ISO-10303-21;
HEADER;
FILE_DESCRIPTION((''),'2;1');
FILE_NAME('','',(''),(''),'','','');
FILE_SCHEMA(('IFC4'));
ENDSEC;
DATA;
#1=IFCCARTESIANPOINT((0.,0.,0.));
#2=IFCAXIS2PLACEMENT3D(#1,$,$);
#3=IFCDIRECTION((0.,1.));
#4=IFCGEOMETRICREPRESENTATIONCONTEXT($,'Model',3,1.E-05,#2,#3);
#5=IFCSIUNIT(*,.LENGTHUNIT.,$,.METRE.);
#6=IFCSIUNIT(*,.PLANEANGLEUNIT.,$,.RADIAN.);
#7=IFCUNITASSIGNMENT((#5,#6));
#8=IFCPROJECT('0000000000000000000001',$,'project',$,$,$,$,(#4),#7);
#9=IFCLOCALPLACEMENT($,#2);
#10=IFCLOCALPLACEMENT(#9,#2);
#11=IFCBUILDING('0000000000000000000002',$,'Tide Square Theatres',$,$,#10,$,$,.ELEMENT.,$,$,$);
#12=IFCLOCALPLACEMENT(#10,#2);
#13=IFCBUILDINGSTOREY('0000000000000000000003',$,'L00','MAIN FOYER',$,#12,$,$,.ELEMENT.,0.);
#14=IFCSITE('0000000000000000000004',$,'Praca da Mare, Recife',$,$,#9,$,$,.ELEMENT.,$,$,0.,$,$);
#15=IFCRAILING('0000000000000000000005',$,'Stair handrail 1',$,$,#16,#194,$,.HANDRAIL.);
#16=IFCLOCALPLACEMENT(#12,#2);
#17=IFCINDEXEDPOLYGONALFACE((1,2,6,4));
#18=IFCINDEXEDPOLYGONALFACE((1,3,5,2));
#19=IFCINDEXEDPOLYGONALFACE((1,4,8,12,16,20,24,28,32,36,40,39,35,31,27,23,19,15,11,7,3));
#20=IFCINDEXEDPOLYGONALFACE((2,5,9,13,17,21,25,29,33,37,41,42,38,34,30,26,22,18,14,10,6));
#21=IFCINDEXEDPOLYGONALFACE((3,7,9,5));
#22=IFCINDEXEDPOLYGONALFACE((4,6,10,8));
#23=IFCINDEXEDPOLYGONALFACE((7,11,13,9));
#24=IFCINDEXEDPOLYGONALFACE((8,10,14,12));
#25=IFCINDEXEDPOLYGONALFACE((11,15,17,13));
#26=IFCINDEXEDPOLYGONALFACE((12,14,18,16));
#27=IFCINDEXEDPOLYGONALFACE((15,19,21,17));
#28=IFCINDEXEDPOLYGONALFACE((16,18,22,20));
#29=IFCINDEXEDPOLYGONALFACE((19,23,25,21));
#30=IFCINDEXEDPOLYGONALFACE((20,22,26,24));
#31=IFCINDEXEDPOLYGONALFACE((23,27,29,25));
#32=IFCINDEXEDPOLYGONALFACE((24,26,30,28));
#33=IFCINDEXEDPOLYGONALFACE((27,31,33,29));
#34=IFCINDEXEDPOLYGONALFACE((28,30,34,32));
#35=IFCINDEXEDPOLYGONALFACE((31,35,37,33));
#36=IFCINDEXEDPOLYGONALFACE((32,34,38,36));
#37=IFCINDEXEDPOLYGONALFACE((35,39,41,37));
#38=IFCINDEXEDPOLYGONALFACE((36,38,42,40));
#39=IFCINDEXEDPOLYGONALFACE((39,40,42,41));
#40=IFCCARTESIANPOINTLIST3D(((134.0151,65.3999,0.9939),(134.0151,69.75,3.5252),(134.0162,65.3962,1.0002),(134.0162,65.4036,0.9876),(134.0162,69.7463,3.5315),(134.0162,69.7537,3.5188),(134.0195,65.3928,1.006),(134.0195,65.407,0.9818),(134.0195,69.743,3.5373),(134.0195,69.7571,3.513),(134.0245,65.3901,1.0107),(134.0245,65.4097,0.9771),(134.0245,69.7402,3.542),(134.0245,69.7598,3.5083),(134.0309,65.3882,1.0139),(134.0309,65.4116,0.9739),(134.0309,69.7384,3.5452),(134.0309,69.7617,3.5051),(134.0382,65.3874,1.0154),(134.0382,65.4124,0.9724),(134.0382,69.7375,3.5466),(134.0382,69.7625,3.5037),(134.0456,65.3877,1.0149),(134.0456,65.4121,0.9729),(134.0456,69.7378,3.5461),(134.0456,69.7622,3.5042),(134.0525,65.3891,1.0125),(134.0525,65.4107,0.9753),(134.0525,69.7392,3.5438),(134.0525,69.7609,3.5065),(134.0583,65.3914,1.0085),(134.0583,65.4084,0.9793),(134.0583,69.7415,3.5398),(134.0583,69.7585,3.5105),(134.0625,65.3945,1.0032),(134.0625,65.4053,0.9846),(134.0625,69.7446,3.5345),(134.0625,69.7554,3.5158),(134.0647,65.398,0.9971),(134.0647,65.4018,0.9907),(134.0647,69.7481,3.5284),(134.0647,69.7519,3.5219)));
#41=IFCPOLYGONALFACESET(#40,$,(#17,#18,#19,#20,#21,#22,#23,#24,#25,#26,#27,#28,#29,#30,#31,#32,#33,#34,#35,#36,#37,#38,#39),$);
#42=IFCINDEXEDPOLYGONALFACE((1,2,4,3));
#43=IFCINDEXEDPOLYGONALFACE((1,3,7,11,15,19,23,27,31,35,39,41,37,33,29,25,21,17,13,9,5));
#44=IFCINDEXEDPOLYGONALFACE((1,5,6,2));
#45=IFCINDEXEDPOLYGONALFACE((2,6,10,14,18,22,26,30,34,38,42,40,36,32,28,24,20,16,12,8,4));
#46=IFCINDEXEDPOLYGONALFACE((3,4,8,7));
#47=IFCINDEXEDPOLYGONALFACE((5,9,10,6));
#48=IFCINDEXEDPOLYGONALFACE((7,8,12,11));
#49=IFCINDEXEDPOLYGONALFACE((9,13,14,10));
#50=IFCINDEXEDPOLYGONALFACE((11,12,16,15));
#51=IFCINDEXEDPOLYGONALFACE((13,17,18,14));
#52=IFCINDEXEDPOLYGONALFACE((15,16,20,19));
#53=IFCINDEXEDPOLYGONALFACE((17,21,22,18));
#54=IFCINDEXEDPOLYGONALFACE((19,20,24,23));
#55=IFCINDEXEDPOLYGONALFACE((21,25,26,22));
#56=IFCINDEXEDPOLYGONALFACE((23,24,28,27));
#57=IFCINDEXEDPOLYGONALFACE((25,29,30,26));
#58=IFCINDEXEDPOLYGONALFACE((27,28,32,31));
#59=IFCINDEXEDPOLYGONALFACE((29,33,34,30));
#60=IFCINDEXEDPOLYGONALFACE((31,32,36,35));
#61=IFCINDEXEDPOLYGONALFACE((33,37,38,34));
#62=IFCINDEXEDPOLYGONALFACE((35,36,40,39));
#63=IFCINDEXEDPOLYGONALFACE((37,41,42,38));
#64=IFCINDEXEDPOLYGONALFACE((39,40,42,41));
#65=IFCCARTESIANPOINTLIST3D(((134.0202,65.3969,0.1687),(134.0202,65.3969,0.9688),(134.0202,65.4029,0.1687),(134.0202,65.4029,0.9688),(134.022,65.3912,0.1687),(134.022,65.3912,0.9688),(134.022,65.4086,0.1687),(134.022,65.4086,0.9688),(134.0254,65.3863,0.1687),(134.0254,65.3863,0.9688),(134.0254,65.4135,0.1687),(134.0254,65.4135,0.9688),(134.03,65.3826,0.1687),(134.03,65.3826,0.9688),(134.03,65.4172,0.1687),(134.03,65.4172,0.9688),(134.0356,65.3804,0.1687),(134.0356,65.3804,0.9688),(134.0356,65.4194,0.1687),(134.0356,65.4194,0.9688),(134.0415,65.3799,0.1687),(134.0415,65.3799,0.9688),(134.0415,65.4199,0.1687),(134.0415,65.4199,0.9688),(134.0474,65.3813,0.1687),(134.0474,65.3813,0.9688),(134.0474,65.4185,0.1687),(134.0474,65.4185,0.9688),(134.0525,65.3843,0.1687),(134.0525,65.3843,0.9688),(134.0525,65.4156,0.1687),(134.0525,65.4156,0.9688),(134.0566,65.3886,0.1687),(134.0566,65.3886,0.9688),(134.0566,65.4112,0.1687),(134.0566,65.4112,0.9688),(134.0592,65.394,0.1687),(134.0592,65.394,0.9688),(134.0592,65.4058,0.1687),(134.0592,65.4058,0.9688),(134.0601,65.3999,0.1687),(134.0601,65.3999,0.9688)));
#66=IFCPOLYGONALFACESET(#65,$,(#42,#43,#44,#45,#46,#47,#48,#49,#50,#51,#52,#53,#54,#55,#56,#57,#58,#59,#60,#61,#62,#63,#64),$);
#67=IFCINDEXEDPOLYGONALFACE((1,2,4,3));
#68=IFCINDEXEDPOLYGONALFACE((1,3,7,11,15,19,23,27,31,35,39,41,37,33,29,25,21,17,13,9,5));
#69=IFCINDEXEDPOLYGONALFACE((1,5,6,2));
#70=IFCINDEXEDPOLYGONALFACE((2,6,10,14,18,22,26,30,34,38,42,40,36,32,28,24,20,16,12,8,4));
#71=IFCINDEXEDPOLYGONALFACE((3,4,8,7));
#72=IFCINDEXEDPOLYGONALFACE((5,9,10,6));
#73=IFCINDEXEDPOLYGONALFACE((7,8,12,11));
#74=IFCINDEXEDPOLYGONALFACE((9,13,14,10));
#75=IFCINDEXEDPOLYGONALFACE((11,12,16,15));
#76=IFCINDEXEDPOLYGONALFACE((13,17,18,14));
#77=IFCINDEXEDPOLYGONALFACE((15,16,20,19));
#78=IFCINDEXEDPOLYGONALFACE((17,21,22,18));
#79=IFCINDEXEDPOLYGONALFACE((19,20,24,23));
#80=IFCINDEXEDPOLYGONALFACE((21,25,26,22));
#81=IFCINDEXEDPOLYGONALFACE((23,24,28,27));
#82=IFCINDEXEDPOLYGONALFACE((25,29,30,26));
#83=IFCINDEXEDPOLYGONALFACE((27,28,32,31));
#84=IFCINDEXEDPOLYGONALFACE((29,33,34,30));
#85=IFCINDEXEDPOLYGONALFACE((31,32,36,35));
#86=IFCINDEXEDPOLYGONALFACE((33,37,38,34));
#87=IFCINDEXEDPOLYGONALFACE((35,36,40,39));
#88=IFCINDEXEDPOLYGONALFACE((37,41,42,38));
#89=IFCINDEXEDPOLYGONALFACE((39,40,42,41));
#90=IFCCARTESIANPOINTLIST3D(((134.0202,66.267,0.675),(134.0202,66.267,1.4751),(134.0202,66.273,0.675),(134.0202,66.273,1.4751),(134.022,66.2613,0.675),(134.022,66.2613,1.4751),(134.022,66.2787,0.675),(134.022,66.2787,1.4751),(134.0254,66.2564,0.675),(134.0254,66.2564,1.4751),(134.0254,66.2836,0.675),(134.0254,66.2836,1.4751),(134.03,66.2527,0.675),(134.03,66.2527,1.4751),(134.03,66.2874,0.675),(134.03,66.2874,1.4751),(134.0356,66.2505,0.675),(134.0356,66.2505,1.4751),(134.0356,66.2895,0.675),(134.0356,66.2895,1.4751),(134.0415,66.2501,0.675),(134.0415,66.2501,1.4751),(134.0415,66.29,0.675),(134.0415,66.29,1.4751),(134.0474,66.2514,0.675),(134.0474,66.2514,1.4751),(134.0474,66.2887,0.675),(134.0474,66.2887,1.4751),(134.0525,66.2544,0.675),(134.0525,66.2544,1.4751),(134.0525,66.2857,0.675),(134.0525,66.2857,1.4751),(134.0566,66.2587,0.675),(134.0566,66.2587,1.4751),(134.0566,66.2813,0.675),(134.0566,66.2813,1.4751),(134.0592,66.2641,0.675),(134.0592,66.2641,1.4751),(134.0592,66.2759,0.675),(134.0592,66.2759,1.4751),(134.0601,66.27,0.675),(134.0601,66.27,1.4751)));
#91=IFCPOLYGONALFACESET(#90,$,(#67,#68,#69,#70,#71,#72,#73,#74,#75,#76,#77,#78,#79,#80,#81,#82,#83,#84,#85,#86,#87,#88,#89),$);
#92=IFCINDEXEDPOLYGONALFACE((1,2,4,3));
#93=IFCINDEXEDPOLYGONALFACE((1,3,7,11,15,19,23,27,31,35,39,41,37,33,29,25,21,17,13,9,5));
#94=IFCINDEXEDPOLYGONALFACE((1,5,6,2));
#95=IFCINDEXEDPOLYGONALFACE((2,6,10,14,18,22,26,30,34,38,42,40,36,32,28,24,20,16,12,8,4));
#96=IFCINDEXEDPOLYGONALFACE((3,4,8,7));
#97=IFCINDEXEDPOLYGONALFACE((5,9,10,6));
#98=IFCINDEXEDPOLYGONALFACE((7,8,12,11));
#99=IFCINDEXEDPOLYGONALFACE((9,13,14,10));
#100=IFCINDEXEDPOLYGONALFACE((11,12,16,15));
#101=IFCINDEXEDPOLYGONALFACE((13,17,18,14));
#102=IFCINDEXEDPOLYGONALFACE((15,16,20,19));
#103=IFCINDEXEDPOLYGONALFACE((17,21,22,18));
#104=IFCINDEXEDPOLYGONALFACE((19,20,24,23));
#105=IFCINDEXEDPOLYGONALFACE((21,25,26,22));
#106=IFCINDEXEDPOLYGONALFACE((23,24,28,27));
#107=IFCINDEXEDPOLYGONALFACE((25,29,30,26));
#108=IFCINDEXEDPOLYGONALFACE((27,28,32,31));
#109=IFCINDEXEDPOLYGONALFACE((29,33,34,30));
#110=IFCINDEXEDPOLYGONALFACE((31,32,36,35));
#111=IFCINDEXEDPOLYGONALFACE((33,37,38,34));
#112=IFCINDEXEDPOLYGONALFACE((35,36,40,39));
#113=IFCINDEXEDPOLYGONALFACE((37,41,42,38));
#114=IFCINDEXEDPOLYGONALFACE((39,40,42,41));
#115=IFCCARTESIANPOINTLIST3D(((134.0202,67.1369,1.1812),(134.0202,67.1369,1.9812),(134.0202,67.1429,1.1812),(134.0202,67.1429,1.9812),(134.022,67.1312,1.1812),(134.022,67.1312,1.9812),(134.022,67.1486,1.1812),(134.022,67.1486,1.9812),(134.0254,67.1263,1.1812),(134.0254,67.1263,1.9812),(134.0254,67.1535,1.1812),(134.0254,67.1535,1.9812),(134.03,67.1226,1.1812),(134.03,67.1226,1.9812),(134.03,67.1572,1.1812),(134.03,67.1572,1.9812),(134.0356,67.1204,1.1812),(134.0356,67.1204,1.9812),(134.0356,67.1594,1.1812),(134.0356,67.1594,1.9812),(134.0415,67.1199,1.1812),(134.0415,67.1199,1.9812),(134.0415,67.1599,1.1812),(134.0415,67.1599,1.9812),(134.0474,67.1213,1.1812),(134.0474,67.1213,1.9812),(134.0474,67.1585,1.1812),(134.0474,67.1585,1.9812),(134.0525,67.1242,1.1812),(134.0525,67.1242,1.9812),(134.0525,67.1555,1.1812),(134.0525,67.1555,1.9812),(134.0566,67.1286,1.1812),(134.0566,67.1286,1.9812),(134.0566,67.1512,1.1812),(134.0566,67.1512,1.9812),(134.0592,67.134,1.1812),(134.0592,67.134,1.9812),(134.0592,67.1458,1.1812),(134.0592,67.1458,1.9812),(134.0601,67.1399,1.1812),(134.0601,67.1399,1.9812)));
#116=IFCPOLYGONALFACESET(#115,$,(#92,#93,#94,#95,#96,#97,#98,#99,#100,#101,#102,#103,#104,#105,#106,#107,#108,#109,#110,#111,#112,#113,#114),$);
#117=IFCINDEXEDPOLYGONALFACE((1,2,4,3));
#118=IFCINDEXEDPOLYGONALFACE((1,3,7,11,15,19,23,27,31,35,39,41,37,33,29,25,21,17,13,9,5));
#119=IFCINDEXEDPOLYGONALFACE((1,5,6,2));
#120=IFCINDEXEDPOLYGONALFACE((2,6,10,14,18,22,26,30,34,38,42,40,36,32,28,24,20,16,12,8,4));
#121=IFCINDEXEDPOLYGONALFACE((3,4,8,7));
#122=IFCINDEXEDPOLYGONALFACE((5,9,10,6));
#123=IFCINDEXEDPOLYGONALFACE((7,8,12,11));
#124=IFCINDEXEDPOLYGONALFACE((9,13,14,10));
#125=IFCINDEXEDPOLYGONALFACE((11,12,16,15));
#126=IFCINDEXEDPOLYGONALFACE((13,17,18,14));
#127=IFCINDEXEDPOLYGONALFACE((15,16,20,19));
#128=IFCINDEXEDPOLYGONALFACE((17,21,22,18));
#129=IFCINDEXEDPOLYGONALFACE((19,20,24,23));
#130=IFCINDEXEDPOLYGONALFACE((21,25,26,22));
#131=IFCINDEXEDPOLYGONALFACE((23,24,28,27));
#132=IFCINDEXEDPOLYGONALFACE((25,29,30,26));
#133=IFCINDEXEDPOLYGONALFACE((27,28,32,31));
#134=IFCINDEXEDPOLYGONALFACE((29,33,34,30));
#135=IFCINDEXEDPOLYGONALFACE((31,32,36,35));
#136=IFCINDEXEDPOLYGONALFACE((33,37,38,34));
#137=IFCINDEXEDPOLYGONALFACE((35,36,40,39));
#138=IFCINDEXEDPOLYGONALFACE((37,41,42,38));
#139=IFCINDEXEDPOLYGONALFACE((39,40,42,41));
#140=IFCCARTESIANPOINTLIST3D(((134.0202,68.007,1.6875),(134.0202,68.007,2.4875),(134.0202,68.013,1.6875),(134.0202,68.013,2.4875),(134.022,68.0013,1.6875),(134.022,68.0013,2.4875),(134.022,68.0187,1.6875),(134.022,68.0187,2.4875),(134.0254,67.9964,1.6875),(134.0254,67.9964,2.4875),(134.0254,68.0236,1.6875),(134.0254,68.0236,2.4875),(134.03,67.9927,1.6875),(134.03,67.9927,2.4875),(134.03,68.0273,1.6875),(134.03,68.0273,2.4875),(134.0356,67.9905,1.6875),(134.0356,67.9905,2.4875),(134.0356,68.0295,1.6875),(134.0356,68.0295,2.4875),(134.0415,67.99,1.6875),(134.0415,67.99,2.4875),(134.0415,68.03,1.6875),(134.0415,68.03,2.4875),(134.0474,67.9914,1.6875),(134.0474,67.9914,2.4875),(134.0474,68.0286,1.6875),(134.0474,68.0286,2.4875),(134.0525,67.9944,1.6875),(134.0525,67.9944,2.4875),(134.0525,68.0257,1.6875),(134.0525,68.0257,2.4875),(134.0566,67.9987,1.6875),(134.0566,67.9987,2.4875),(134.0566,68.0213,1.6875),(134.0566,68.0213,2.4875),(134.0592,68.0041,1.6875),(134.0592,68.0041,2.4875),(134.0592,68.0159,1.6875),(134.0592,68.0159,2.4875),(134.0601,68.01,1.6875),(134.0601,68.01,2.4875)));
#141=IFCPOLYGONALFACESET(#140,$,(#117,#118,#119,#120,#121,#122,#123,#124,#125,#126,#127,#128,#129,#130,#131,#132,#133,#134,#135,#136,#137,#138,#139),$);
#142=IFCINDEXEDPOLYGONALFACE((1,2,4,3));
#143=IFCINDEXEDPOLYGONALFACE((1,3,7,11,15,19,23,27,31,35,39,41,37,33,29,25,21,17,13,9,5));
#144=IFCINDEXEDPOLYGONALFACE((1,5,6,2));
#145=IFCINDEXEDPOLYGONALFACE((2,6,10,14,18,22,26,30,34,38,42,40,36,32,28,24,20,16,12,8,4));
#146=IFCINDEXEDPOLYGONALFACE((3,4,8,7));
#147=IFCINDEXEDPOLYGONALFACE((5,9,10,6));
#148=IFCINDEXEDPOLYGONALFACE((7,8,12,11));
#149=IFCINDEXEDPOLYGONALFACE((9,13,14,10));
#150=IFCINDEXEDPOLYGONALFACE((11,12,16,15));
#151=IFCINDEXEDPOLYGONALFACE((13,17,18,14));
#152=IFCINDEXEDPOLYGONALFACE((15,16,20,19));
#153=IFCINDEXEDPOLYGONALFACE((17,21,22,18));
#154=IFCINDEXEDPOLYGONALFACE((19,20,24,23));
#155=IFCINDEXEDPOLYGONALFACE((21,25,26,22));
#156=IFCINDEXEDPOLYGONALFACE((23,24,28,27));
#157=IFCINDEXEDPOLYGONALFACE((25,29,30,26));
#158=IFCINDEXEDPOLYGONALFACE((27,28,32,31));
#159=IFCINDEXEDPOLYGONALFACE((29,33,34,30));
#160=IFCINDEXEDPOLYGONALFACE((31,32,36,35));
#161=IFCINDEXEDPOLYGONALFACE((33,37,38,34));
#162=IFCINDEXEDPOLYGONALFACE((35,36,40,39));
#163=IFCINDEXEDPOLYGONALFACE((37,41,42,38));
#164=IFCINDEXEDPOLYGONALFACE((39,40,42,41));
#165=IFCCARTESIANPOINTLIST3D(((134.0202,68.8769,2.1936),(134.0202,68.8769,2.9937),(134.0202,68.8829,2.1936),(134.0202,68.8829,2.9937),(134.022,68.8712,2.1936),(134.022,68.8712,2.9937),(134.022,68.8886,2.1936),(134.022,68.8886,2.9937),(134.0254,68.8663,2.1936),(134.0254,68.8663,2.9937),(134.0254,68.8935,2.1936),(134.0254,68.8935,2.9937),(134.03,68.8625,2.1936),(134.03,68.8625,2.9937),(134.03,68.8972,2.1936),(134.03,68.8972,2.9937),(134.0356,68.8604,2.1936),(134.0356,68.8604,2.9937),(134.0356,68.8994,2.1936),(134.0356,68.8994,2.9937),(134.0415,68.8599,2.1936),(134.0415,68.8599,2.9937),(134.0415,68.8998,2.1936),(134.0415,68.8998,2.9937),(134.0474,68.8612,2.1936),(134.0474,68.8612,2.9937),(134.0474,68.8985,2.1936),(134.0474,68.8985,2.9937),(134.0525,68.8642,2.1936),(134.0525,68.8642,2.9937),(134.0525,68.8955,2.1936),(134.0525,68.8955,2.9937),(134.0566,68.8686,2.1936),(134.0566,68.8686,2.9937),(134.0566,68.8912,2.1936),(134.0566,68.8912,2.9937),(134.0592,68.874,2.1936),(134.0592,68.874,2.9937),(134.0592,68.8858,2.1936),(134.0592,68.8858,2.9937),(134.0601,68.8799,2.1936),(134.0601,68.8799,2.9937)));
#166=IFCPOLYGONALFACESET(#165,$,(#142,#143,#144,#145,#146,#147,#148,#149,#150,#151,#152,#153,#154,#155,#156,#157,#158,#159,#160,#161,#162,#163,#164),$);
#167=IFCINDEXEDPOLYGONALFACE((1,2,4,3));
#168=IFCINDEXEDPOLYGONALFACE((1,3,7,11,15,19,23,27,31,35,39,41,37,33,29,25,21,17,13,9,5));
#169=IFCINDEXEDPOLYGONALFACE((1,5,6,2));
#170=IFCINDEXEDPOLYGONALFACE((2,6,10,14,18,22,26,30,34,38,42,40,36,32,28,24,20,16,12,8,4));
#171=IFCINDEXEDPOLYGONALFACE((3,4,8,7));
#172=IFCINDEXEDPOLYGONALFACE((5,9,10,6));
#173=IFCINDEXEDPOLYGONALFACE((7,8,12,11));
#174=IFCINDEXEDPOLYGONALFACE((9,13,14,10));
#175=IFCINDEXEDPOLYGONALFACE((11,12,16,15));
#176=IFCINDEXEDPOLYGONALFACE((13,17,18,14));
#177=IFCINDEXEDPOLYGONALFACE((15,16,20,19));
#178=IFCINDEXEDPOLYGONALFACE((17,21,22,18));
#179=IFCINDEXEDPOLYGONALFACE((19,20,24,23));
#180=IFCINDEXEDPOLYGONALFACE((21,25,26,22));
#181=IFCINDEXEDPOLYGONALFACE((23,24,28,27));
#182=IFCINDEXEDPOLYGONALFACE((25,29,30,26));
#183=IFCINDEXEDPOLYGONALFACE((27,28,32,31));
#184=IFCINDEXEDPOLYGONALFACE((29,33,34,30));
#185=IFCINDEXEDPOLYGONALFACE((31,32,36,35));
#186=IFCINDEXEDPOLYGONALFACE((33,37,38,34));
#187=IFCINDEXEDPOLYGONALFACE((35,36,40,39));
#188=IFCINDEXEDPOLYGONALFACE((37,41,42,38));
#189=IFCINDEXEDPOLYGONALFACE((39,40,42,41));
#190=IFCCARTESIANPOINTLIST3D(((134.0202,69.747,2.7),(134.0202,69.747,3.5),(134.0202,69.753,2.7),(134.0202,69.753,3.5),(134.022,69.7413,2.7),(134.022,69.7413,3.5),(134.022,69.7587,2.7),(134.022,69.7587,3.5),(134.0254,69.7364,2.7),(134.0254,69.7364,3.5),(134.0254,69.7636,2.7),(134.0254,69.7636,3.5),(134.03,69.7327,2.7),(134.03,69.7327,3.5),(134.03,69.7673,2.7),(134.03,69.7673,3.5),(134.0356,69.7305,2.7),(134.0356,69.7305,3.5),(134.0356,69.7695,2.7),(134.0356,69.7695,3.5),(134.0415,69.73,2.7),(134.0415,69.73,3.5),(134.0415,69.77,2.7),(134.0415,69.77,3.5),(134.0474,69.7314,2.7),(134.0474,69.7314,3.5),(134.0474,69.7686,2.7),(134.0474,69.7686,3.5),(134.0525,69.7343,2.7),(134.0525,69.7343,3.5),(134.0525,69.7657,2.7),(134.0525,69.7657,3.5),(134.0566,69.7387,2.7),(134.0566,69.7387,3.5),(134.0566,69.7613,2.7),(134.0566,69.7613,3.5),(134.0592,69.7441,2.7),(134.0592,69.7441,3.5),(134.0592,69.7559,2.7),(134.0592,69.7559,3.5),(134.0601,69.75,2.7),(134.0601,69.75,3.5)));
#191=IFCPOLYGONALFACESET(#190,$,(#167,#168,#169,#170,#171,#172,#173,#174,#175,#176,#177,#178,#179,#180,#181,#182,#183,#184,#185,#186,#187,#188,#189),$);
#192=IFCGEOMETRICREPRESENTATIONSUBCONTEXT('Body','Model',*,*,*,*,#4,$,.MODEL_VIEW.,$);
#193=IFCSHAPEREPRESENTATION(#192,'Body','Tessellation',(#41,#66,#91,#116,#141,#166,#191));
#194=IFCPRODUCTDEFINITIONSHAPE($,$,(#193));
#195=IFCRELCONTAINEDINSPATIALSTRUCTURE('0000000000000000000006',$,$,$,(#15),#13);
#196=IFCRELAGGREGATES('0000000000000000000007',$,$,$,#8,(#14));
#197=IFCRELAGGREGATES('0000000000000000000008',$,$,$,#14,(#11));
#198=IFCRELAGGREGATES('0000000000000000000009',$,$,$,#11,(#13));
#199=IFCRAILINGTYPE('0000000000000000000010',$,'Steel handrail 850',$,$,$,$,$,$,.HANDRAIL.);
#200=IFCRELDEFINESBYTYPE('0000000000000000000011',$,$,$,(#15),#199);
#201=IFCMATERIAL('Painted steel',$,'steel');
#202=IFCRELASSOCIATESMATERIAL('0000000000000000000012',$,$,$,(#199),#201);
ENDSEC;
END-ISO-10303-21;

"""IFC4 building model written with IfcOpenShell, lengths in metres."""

from ifc_helpers import new_model, si_unit, direction, frame, origin, origin_2d, place, context, subcontext, project, spatial, circle, extrude, material, type_object, element, save


model = new_model("IFC4")

# Units and contexts
model_context = context("Model", 3, precision=1e-05, world=origin(), true_north=direction((0.0, 1.0)))
body_context = subcontext(model_context, "Body", "Model", "MODEL_VIEW")
ifc_project = project(units=[si_unit("LENGTHUNIT", "METRE"), si_unit("PLANEANGLEUNIT", "RADIAN")], contexts=[model_context])

# Site, building, storey
site_placement = place(None, origin())
site = spatial("IfcSite", under=ifc_project, at=site_placement, Name="Praca da Mare, Recife", CompositionType="ELEMENT", RefElevation=0.0)
building_placement = place(site_placement, origin())
building = spatial("IfcBuilding", under=site, at=building_placement, Name="Tide Square Theatres", CompositionType="ELEMENT")
storey_placement = place(building_placement, origin())
storey = spatial("IfcBuildingStorey", under=building, at=storey_placement, Name="L00", Description="MAIN FOYER", CompositionType="ELEMENT", Elevation=0.0)

# Railing
ifc_material_1 = material(Name="Painted steel", Category="steel")
railing_type = type_object("IfcRailingType", Name="Steel handrail 850", PredefinedType="HANDRAIL", material=ifc_material_1)
for number, where, name in (
    (1, (134.04, 65.3999, 0.1687), "Stair handrail 1"),
):
    element("IfcRailing", number, at=place(storey_placement, frame(where)), inside=storey, type_object=railing_type, Name=name, PredefinedType="HANDRAIL", context=body_context, shape_type="SweptSolid", body=[
        extrude(circle(Radius=0.0249, at=origin_2d()), frame((0.0, 0.0, 0.8252), z_axis=(0.0, 0.864324, 0.502936), x_axis=(-1.0, 0.0, 0.0)), (0.0, 0.0, 1.0), 5.033),
        extrude(circle(Radius=0.02, at=origin_2d()), origin(), (0.0, 0.0, 1.0), 0.8),
        extrude(circle(Radius=0.02, at=origin_2d()), frame((0.0, 0.8701, 0.5063)), (0.0, 0.0, 1.0), 0.8),
        extrude(circle(Radius=0.02, at=origin_2d()), frame((0.0, 1.74, 1.0125)), (0.0, 0.0, 1.0), 0.8),
        extrude(circle(Radius=0.02, at=origin_2d()), frame((0.0, 2.6101, 1.5188)), (0.0, 0.0, 1.0), 0.8),
        extrude(circle(Radius=0.02, at=origin_2d()), frame((0.0, 3.48, 2.0249)), (0.0, 0.0, 1.0), 0.8),
        extrude(circle(Radius=0.02, at=origin_2d()), frame((0.0, 4.3501, 2.5312)), (0.0, 0.0, 1.0), 0.8),
    ])

save(model, "model.ifc")
